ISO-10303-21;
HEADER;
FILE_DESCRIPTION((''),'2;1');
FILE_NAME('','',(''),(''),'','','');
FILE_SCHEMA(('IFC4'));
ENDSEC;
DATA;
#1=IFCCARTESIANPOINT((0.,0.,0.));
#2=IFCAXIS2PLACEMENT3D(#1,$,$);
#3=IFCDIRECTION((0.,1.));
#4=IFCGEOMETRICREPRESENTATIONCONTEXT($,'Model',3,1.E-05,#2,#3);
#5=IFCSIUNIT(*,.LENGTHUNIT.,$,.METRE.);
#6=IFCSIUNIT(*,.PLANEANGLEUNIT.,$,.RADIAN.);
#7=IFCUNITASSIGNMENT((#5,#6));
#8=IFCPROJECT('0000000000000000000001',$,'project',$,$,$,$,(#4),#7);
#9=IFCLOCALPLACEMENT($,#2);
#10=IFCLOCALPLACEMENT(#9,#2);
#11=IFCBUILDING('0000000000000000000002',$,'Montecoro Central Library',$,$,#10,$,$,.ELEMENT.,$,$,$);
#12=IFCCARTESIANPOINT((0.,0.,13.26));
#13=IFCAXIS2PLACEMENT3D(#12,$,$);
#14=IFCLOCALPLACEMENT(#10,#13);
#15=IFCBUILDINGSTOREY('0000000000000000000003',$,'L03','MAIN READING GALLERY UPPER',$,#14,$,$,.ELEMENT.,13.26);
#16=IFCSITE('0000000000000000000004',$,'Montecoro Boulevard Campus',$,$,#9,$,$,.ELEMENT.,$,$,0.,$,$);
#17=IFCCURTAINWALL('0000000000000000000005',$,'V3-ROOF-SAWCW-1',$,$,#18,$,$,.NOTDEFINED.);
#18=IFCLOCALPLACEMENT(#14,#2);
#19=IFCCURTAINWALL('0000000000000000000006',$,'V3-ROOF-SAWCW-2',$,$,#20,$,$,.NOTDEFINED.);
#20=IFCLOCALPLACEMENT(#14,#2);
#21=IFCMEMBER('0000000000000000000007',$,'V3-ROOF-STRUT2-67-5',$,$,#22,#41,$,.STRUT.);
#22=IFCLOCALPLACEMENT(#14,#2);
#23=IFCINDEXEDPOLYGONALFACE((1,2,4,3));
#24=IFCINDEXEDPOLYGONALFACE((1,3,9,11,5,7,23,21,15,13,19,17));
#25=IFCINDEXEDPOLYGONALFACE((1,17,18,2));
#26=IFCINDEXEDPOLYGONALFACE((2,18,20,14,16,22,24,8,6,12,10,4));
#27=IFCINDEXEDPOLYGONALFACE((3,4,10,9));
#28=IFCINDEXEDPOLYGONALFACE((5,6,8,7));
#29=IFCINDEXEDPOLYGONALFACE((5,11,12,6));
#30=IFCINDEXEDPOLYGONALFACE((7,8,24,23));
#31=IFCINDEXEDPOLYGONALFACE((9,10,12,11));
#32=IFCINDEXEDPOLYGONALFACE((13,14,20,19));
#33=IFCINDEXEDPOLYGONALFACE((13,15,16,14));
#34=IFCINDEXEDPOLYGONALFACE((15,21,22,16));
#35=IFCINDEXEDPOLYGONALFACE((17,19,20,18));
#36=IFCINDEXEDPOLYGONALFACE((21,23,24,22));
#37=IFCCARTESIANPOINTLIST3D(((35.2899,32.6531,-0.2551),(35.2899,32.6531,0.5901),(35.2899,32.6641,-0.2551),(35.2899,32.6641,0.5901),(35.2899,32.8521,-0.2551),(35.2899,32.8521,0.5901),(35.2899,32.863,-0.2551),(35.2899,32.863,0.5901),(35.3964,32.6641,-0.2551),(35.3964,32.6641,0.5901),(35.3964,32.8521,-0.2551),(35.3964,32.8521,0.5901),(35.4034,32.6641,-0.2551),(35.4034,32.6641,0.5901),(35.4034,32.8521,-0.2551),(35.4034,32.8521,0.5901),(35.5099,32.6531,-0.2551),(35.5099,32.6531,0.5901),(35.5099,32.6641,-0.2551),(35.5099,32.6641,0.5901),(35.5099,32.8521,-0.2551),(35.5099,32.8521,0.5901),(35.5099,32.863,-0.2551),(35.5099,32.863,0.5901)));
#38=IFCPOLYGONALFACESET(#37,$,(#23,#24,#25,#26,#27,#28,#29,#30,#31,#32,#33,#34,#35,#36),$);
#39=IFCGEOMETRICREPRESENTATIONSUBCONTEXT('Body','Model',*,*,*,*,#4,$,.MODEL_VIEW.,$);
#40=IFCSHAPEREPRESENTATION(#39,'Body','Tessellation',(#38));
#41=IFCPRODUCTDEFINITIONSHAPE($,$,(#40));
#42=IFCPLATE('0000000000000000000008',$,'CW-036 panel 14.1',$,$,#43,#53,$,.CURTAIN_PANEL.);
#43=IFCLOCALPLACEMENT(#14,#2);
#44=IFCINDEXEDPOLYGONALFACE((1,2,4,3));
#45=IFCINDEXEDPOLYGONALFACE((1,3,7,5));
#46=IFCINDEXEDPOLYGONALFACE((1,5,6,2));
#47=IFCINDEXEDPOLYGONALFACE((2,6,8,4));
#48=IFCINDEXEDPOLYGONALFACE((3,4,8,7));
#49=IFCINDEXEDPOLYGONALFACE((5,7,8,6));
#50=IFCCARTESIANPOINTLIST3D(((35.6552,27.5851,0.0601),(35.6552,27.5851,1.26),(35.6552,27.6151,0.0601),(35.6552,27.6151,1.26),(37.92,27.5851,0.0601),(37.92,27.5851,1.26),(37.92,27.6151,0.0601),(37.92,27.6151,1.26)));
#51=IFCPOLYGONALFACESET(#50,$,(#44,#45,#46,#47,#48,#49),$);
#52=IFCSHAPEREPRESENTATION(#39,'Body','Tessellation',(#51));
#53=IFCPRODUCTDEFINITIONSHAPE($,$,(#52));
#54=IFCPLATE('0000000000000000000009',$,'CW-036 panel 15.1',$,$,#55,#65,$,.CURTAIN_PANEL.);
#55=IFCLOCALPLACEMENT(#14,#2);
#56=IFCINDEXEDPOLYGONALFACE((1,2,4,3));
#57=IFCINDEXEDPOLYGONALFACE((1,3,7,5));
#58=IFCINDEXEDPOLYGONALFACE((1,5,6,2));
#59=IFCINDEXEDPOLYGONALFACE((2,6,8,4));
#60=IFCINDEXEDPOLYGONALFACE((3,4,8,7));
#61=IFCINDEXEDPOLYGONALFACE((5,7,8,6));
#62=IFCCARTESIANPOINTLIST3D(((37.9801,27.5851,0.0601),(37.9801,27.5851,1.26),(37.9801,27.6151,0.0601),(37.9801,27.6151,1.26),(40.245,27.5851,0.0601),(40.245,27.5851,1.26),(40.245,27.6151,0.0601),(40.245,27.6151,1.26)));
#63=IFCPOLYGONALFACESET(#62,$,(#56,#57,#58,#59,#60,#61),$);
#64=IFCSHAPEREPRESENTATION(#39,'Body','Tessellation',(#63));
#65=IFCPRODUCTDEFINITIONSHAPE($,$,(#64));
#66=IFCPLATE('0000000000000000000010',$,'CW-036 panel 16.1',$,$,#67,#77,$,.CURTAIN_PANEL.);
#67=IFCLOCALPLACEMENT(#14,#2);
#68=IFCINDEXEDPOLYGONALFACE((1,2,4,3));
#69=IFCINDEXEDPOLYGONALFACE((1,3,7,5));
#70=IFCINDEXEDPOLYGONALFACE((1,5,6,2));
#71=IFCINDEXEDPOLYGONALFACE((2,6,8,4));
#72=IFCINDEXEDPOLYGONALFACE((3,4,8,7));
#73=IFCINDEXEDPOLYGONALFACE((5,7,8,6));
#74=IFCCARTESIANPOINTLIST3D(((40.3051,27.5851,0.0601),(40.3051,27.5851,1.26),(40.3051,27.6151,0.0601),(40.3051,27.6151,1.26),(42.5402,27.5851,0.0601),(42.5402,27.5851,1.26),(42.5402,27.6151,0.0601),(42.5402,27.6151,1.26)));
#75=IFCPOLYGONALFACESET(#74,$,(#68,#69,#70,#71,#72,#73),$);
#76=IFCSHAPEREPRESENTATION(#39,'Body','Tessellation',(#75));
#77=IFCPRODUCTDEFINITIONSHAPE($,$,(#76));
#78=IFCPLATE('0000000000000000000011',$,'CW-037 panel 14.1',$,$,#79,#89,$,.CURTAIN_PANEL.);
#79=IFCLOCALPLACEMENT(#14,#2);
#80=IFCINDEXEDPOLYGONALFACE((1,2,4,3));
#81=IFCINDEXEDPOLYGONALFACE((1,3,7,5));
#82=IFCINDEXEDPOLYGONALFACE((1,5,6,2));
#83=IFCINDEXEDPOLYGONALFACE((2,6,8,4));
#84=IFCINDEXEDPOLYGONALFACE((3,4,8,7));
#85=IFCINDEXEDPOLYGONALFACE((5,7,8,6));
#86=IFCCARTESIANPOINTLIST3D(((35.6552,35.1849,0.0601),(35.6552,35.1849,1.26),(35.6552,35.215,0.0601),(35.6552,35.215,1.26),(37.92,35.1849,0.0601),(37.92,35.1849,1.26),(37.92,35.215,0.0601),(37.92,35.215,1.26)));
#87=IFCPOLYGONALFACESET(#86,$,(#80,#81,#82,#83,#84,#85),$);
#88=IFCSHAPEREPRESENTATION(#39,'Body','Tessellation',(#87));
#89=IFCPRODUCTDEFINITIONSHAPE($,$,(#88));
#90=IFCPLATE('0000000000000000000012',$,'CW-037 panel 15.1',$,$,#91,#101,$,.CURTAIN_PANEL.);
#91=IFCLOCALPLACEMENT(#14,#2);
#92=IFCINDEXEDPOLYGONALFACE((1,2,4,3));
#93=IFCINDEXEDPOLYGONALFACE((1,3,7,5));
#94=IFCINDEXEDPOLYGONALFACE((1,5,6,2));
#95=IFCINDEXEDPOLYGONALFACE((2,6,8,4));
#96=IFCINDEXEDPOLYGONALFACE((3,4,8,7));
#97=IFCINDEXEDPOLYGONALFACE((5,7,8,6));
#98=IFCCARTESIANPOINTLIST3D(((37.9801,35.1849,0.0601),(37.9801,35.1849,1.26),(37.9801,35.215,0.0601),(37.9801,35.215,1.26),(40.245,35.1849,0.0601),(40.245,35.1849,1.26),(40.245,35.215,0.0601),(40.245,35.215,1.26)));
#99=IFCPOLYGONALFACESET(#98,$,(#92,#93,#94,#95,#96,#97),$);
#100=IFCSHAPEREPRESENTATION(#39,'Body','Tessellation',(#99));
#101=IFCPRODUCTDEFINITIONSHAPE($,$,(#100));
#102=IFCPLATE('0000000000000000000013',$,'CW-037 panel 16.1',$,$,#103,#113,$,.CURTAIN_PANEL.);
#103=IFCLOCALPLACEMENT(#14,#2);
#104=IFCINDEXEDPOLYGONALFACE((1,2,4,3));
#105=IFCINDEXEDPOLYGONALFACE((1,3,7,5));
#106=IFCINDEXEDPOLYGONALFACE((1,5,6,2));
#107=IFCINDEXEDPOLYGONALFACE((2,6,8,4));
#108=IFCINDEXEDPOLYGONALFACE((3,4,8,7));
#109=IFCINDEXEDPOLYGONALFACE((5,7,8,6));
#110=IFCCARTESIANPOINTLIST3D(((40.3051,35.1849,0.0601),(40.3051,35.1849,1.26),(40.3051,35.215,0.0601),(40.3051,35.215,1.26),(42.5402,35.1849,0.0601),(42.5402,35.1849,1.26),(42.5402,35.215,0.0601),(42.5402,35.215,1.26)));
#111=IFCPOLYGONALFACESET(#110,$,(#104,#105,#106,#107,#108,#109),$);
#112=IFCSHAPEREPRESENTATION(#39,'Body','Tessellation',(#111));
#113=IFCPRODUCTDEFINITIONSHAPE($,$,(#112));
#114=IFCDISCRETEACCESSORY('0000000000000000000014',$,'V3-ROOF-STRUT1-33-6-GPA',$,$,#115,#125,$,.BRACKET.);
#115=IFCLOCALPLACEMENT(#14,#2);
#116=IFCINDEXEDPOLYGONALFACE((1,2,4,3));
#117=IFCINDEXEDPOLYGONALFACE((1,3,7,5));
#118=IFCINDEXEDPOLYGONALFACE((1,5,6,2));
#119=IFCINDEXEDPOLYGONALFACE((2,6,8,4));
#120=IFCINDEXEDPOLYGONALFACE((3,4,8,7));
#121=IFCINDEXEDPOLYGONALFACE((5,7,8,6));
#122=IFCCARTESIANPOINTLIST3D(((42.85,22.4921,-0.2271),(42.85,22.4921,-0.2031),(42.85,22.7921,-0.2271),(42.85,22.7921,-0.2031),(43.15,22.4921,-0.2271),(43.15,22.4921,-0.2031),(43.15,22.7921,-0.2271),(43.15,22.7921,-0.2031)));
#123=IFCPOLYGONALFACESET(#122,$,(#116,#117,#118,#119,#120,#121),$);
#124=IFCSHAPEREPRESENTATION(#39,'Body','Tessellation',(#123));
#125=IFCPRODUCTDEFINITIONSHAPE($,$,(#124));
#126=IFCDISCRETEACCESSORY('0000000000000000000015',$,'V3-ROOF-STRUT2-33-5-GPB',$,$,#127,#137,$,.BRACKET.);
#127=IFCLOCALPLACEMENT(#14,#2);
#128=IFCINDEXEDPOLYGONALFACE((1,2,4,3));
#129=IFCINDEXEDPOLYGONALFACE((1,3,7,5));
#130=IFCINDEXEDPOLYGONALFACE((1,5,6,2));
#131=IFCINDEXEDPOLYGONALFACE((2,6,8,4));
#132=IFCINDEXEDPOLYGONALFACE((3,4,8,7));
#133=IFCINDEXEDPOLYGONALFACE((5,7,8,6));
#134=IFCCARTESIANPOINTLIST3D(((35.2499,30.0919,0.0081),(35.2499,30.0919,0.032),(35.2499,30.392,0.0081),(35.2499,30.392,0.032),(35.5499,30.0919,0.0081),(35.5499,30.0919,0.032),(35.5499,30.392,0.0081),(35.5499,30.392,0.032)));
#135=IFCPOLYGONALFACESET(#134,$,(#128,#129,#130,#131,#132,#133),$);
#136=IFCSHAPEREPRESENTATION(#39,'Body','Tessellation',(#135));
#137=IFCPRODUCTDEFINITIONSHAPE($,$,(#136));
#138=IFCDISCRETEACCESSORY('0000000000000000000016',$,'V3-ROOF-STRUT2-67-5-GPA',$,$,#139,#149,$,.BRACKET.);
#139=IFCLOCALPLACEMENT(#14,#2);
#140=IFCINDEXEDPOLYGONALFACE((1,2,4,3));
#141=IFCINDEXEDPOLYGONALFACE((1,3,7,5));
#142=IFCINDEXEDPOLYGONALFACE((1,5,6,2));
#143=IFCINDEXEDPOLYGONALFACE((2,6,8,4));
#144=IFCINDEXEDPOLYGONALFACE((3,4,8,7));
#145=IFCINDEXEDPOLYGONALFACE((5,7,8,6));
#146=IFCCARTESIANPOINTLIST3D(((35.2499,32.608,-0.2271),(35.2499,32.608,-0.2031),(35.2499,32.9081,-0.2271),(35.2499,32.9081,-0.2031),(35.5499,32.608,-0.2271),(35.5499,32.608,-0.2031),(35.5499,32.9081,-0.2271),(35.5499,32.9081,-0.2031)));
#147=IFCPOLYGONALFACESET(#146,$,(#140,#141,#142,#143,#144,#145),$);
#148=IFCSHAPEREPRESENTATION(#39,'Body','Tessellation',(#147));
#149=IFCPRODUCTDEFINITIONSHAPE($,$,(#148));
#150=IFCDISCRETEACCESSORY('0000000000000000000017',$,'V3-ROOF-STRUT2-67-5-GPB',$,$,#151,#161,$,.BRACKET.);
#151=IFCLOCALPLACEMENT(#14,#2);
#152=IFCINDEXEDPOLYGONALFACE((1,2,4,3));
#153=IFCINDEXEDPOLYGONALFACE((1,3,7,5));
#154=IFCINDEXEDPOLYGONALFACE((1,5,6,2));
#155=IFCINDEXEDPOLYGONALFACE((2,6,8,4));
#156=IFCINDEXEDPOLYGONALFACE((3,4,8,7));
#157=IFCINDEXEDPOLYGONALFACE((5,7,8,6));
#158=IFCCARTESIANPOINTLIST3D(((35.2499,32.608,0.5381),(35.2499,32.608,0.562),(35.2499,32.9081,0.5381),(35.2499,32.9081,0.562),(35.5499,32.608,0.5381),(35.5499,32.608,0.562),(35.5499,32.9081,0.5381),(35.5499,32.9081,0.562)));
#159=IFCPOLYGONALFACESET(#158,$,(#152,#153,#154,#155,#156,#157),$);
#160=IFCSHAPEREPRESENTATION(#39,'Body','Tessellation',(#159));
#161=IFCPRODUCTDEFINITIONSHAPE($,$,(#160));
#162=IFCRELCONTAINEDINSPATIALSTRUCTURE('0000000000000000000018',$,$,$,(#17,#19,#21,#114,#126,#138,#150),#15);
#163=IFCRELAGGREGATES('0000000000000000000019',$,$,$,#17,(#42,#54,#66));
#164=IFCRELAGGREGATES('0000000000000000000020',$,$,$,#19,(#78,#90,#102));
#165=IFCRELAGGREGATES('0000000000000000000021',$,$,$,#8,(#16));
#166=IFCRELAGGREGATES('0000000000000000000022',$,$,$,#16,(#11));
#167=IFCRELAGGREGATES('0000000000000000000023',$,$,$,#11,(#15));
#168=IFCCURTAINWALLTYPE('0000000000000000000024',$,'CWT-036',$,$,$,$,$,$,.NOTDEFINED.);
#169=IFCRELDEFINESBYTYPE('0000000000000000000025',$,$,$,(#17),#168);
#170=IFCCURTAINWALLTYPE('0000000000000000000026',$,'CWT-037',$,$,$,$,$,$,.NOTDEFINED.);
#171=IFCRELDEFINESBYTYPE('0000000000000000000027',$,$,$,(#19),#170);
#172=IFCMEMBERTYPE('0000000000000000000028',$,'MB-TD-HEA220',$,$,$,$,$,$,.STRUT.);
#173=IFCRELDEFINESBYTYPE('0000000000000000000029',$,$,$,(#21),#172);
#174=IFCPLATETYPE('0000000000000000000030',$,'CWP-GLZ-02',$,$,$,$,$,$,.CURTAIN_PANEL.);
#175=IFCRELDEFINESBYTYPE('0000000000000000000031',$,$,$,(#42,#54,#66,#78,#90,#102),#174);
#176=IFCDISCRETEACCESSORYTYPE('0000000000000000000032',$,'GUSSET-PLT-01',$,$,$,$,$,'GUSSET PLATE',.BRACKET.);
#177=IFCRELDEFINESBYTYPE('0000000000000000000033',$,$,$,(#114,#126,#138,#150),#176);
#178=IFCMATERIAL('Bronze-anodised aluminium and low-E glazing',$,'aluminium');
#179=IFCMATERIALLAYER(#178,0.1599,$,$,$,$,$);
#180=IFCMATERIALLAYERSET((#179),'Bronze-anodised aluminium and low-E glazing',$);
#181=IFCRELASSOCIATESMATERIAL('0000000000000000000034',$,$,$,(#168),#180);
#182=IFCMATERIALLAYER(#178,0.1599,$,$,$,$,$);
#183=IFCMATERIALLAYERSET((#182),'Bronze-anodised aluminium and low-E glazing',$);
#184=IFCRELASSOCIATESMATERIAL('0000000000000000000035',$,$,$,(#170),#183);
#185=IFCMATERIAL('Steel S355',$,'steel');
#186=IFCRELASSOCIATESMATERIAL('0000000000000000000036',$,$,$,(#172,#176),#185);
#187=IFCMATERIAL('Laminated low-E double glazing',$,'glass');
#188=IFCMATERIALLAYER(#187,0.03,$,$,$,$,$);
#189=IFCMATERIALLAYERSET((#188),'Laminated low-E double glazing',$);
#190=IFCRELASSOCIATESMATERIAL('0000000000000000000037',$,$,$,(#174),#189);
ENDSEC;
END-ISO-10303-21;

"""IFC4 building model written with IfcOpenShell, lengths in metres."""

from ifc_helpers import new_model, si_unit, direction, frame, origin, origin_2d, place, context, subcontext, project, spatial, rectangle, i_section, extrude, material, layer, layer_set, material_profile, profile_set, type_object, element, aggregate, save


model = new_model("IFC4")

# Units and contexts
model_context = context("Model", 3, precision=1e-05, world=origin(), true_north=direction((0.0, 1.0)))
body_context = subcontext(model_context, "Body", "Model", "MODEL_VIEW")
ifc_project = project(units=[si_unit("LENGTHUNIT", "METRE"), si_unit("PLANEANGLEUNIT", "RADIAN")], contexts=[model_context])

# Site, building, storey
site_placement = place(None, origin())
site = spatial("IfcSite", under=ifc_project, at=site_placement, Name="Montecoro Boulevard Campus", CompositionType="ELEMENT", RefElevation=0.0)
building_placement = place(site_placement, origin())
building = spatial("IfcBuilding", under=site, at=building_placement, Name="Montecoro Central Library", CompositionType="ELEMENT")
storey_placement = place(building_placement, frame((0.0, 0.0, 13.26)))
storey = spatial("IfcBuildingStorey", under=building, at=storey_placement, Name="L03", Description="MAIN READING GALLERY UPPER", CompositionType="ELEMENT", Elevation=13.26)

# Curtain walls
ifc_material_1 = material(Name="Bronze-anodised aluminium and low-E glazing", Category="aluminium")
ifc_layer_1 = layer(ifc_material_1, 0.1599)
ifc_layer_set_1 = layer_set([ifc_layer_1], Name="Bronze-anodised aluminium and low-E glazing")
curtain_wall_type_1 = type_object("IfcCurtainWallType", Name="CWT-036", PredefinedType="NOTDEFINED", material=ifc_layer_set_1)
curtain_wall_1_placement = place(storey_placement, origin())
curtain_wall_1 = element("IfcCurtainWall", 1, at=curtain_wall_1_placement, inside=storey, type_object=curtain_wall_type_1, Name="V3-ROOF-SAWCW-1", PredefinedType="NOTDEFINED")
ifc_layer_2 = layer(ifc_material_1, 0.1599)
ifc_layer_set_2 = layer_set([ifc_layer_2], Name="Bronze-anodised aluminium and low-E glazing")
curtain_wall_type_2 = type_object("IfcCurtainWallType", Name="CWT-037", PredefinedType="NOTDEFINED", material=ifc_layer_set_2)
curtain_wall_2_placement = place(storey_placement, origin())
curtain_wall_2 = element("IfcCurtainWall", 2, at=curtain_wall_2_placement, inside=storey, type_object=curtain_wall_type_2, Name="V3-ROOF-SAWCW-2", PredefinedType="NOTDEFINED")

# Member
ifc_material_2 = material(Name="Steel S355", Category="steel")
ifc_material_profile_1 = material_profile(ifc_material_2, i_section(OverallWidth=0.22, OverallDepth=0.21, WebThickness=0.0071, FlangeThickness=0.011, at=origin_2d()), Name="HEA 220")
ifc_profile_set_1 = profile_set([ifc_material_profile_1], Name="Steel S355")
member_type_1 = type_object("IfcMemberType", Name="MB-TD-HEA220", PredefinedType="STRUT", material=ifc_profile_set_1)
member_1_placement = place(storey_placement, frame((35.3999, 32.7581, -0.2551), z_axis=(0.0, 0.0, 1.0), x_axis=(1.0, 0.0, 0.0)))
element("IfcMember", 3, at=member_1_placement, inside=storey, type_object=member_type_1, Name="V3-ROOF-STRUT2-67-5", PredefinedType="STRUT", context=body_context, shape_type="SweptSolid", body=[
    extrude(i_section(OverallWidth=0.22, OverallDepth=0.21, WebThickness=0.0071, FlangeThickness=0.011, at=origin_2d()), origin(), (0.0, 0.0, 1.0), 0.8452),
])

# Plates
ifc_material_3 = material(Name="Laminated low-E double glazing", Category="glass")
ifc_layer_3 = layer(ifc_material_3, 0.03)
ifc_layer_set_3 = layer_set([ifc_layer_3], Name="Laminated low-E double glazing")
plate_type = type_object("IfcPlateType", Name="CWP-GLZ-02", PredefinedType="CURTAIN_PANEL", material=ifc_layer_set_3)
plate_1_placement = place(storey_placement, frame((36.7876, 27.6001, 0.0601), z_axis=(0.0, 0.0, 1.0), x_axis=(1.0, 0.0, 0.0)))
plate_1 = element("IfcPlate", 4, at=plate_1_placement, type_object=plate_type, Name="CW-036 panel 14.1", PredefinedType="CURTAIN_PANEL", context=body_context, shape_type="SweptSolid", body=[
    extrude(rectangle(XDim=2.2649, YDim=0.03, at=origin_2d()), origin(), (0.0, 0.0, 1.0), 1.2),
])
plate_2_placement = place(storey_placement, frame((39.1125, 27.6001, 0.0601), z_axis=(0.0, 0.0, 1.0), x_axis=(1.0, 0.0, 0.0)))
plate_2 = element("IfcPlate", 5, at=plate_2_placement, type_object=plate_type, Name="CW-036 panel 15.1", PredefinedType="CURTAIN_PANEL", context=body_context, shape_type="SweptSolid", body=[
    extrude(rectangle(XDim=2.2649, YDim=0.03, at=origin_2d()), origin(), (0.0, 0.0, 1.0), 1.2),
])
plate_3_placement = place(storey_placement, frame((41.4226, 27.6001, 0.0601), z_axis=(0.0, 0.0, 1.0), x_axis=(1.0, 0.0, 0.0)))
plate_3 = element("IfcPlate", 6, at=plate_3_placement, type_object=plate_type, Name="CW-036 panel 16.1", PredefinedType="CURTAIN_PANEL", context=body_context, shape_type="SweptSolid", body=[
    extrude(rectangle(XDim=2.2351, YDim=0.03, at=origin_2d()), origin(), (0.0, 0.0, 1.0), 1.2),
])
aggregate(curtain_wall_1, [plate_1, plate_2, plate_3])
plate_4_placement = place(storey_placement, frame((36.7876, 35.2, 0.0601), z_axis=(0.0, 0.0, 1.0), x_axis=(1.0, 0.0, 0.0)))
plate_4 = element("IfcPlate", 7, at=plate_4_placement, type_object=plate_type, Name="CW-037 panel 14.1", PredefinedType="CURTAIN_PANEL", context=body_context, shape_type="SweptSolid", body=[
    extrude(rectangle(XDim=2.2649, YDim=0.03, at=origin_2d()), origin(), (0.0, 0.0, 1.0), 1.2),
])
plate_5_placement = place(storey_placement, frame((39.1125, 35.2, 0.0601), z_axis=(0.0, 0.0, 1.0), x_axis=(1.0, 0.0, 0.0)))
plate_5 = element("IfcPlate", 8, at=plate_5_placement, type_object=plate_type, Name="CW-037 panel 15.1", PredefinedType="CURTAIN_PANEL", context=body_context, shape_type="SweptSolid", body=[
    extrude(rectangle(XDim=2.2649, YDim=0.03, at=origin_2d()), origin(), (0.0, 0.0, 1.0), 1.2),
])
plate_6_placement = place(storey_placement, frame((41.4226, 35.2, 0.0601), z_axis=(0.0, 0.0, 1.0), x_axis=(1.0, 0.0, 0.0)))
plate_6 = element("IfcPlate", 9, at=plate_6_placement, type_object=plate_type, Name="CW-037 panel 16.1", PredefinedType="CURTAIN_PANEL", context=body_context, shape_type="SweptSolid", body=[
    extrude(rectangle(XDim=2.2351, YDim=0.03, at=origin_2d()), origin(), (0.0, 0.0, 1.0), 1.2),
])
aggregate(curtain_wall_2, [plate_4, plate_5, plate_6])

# Discrete accessories
discrete_accessory_type = type_object("IfcDiscreteAccessoryType", Name="GUSSET-PLT-01", ElementType="GUSSET PLATE", PredefinedType="BRACKET", material=ifc_material_2)
for number, where, z_axis, x_axis, name in (
    (10, (43.0, 22.6421, -0.2271), (0.0, 0.0, 1.0), (1.0, 0.0, 0.0), "V3-ROOF-STRUT1-33-6-GPA"),
    (11, (35.3999, 30.2419, 0.0081), (0.0, 0.0, 1.0), (1.0, 0.0, 0.0), "V3-ROOF-STRUT2-33-5-GPB"),
    (12, (35.3999, 32.7581, -0.2271), (0.0, 0.0, 1.0), (1.0, 0.0, 0.0), "V3-ROOF-STRUT2-67-5-GPA"),
    (13, (35.3999, 32.7581, 0.5381), (0.0, 0.0, 1.0), (1.0, 0.0, 0.0), "V3-ROOF-STRUT2-67-5-GPB"),
):
    element("IfcDiscreteAccessory", number, at=place(storey_placement, frame(where, z_axis=z_axis, x_axis=x_axis)), inside=storey, type_object=discrete_accessory_type, Name=name, PredefinedType="BRACKET", context=body_context, shape_type="SweptSolid", body=[
        extrude(rectangle(XDim=0.3, YDim=0.3, at=origin_2d()), origin(), (0.0, 0.0, 1.0), 0.0239),
    ])

save(model, "model.ifc")
